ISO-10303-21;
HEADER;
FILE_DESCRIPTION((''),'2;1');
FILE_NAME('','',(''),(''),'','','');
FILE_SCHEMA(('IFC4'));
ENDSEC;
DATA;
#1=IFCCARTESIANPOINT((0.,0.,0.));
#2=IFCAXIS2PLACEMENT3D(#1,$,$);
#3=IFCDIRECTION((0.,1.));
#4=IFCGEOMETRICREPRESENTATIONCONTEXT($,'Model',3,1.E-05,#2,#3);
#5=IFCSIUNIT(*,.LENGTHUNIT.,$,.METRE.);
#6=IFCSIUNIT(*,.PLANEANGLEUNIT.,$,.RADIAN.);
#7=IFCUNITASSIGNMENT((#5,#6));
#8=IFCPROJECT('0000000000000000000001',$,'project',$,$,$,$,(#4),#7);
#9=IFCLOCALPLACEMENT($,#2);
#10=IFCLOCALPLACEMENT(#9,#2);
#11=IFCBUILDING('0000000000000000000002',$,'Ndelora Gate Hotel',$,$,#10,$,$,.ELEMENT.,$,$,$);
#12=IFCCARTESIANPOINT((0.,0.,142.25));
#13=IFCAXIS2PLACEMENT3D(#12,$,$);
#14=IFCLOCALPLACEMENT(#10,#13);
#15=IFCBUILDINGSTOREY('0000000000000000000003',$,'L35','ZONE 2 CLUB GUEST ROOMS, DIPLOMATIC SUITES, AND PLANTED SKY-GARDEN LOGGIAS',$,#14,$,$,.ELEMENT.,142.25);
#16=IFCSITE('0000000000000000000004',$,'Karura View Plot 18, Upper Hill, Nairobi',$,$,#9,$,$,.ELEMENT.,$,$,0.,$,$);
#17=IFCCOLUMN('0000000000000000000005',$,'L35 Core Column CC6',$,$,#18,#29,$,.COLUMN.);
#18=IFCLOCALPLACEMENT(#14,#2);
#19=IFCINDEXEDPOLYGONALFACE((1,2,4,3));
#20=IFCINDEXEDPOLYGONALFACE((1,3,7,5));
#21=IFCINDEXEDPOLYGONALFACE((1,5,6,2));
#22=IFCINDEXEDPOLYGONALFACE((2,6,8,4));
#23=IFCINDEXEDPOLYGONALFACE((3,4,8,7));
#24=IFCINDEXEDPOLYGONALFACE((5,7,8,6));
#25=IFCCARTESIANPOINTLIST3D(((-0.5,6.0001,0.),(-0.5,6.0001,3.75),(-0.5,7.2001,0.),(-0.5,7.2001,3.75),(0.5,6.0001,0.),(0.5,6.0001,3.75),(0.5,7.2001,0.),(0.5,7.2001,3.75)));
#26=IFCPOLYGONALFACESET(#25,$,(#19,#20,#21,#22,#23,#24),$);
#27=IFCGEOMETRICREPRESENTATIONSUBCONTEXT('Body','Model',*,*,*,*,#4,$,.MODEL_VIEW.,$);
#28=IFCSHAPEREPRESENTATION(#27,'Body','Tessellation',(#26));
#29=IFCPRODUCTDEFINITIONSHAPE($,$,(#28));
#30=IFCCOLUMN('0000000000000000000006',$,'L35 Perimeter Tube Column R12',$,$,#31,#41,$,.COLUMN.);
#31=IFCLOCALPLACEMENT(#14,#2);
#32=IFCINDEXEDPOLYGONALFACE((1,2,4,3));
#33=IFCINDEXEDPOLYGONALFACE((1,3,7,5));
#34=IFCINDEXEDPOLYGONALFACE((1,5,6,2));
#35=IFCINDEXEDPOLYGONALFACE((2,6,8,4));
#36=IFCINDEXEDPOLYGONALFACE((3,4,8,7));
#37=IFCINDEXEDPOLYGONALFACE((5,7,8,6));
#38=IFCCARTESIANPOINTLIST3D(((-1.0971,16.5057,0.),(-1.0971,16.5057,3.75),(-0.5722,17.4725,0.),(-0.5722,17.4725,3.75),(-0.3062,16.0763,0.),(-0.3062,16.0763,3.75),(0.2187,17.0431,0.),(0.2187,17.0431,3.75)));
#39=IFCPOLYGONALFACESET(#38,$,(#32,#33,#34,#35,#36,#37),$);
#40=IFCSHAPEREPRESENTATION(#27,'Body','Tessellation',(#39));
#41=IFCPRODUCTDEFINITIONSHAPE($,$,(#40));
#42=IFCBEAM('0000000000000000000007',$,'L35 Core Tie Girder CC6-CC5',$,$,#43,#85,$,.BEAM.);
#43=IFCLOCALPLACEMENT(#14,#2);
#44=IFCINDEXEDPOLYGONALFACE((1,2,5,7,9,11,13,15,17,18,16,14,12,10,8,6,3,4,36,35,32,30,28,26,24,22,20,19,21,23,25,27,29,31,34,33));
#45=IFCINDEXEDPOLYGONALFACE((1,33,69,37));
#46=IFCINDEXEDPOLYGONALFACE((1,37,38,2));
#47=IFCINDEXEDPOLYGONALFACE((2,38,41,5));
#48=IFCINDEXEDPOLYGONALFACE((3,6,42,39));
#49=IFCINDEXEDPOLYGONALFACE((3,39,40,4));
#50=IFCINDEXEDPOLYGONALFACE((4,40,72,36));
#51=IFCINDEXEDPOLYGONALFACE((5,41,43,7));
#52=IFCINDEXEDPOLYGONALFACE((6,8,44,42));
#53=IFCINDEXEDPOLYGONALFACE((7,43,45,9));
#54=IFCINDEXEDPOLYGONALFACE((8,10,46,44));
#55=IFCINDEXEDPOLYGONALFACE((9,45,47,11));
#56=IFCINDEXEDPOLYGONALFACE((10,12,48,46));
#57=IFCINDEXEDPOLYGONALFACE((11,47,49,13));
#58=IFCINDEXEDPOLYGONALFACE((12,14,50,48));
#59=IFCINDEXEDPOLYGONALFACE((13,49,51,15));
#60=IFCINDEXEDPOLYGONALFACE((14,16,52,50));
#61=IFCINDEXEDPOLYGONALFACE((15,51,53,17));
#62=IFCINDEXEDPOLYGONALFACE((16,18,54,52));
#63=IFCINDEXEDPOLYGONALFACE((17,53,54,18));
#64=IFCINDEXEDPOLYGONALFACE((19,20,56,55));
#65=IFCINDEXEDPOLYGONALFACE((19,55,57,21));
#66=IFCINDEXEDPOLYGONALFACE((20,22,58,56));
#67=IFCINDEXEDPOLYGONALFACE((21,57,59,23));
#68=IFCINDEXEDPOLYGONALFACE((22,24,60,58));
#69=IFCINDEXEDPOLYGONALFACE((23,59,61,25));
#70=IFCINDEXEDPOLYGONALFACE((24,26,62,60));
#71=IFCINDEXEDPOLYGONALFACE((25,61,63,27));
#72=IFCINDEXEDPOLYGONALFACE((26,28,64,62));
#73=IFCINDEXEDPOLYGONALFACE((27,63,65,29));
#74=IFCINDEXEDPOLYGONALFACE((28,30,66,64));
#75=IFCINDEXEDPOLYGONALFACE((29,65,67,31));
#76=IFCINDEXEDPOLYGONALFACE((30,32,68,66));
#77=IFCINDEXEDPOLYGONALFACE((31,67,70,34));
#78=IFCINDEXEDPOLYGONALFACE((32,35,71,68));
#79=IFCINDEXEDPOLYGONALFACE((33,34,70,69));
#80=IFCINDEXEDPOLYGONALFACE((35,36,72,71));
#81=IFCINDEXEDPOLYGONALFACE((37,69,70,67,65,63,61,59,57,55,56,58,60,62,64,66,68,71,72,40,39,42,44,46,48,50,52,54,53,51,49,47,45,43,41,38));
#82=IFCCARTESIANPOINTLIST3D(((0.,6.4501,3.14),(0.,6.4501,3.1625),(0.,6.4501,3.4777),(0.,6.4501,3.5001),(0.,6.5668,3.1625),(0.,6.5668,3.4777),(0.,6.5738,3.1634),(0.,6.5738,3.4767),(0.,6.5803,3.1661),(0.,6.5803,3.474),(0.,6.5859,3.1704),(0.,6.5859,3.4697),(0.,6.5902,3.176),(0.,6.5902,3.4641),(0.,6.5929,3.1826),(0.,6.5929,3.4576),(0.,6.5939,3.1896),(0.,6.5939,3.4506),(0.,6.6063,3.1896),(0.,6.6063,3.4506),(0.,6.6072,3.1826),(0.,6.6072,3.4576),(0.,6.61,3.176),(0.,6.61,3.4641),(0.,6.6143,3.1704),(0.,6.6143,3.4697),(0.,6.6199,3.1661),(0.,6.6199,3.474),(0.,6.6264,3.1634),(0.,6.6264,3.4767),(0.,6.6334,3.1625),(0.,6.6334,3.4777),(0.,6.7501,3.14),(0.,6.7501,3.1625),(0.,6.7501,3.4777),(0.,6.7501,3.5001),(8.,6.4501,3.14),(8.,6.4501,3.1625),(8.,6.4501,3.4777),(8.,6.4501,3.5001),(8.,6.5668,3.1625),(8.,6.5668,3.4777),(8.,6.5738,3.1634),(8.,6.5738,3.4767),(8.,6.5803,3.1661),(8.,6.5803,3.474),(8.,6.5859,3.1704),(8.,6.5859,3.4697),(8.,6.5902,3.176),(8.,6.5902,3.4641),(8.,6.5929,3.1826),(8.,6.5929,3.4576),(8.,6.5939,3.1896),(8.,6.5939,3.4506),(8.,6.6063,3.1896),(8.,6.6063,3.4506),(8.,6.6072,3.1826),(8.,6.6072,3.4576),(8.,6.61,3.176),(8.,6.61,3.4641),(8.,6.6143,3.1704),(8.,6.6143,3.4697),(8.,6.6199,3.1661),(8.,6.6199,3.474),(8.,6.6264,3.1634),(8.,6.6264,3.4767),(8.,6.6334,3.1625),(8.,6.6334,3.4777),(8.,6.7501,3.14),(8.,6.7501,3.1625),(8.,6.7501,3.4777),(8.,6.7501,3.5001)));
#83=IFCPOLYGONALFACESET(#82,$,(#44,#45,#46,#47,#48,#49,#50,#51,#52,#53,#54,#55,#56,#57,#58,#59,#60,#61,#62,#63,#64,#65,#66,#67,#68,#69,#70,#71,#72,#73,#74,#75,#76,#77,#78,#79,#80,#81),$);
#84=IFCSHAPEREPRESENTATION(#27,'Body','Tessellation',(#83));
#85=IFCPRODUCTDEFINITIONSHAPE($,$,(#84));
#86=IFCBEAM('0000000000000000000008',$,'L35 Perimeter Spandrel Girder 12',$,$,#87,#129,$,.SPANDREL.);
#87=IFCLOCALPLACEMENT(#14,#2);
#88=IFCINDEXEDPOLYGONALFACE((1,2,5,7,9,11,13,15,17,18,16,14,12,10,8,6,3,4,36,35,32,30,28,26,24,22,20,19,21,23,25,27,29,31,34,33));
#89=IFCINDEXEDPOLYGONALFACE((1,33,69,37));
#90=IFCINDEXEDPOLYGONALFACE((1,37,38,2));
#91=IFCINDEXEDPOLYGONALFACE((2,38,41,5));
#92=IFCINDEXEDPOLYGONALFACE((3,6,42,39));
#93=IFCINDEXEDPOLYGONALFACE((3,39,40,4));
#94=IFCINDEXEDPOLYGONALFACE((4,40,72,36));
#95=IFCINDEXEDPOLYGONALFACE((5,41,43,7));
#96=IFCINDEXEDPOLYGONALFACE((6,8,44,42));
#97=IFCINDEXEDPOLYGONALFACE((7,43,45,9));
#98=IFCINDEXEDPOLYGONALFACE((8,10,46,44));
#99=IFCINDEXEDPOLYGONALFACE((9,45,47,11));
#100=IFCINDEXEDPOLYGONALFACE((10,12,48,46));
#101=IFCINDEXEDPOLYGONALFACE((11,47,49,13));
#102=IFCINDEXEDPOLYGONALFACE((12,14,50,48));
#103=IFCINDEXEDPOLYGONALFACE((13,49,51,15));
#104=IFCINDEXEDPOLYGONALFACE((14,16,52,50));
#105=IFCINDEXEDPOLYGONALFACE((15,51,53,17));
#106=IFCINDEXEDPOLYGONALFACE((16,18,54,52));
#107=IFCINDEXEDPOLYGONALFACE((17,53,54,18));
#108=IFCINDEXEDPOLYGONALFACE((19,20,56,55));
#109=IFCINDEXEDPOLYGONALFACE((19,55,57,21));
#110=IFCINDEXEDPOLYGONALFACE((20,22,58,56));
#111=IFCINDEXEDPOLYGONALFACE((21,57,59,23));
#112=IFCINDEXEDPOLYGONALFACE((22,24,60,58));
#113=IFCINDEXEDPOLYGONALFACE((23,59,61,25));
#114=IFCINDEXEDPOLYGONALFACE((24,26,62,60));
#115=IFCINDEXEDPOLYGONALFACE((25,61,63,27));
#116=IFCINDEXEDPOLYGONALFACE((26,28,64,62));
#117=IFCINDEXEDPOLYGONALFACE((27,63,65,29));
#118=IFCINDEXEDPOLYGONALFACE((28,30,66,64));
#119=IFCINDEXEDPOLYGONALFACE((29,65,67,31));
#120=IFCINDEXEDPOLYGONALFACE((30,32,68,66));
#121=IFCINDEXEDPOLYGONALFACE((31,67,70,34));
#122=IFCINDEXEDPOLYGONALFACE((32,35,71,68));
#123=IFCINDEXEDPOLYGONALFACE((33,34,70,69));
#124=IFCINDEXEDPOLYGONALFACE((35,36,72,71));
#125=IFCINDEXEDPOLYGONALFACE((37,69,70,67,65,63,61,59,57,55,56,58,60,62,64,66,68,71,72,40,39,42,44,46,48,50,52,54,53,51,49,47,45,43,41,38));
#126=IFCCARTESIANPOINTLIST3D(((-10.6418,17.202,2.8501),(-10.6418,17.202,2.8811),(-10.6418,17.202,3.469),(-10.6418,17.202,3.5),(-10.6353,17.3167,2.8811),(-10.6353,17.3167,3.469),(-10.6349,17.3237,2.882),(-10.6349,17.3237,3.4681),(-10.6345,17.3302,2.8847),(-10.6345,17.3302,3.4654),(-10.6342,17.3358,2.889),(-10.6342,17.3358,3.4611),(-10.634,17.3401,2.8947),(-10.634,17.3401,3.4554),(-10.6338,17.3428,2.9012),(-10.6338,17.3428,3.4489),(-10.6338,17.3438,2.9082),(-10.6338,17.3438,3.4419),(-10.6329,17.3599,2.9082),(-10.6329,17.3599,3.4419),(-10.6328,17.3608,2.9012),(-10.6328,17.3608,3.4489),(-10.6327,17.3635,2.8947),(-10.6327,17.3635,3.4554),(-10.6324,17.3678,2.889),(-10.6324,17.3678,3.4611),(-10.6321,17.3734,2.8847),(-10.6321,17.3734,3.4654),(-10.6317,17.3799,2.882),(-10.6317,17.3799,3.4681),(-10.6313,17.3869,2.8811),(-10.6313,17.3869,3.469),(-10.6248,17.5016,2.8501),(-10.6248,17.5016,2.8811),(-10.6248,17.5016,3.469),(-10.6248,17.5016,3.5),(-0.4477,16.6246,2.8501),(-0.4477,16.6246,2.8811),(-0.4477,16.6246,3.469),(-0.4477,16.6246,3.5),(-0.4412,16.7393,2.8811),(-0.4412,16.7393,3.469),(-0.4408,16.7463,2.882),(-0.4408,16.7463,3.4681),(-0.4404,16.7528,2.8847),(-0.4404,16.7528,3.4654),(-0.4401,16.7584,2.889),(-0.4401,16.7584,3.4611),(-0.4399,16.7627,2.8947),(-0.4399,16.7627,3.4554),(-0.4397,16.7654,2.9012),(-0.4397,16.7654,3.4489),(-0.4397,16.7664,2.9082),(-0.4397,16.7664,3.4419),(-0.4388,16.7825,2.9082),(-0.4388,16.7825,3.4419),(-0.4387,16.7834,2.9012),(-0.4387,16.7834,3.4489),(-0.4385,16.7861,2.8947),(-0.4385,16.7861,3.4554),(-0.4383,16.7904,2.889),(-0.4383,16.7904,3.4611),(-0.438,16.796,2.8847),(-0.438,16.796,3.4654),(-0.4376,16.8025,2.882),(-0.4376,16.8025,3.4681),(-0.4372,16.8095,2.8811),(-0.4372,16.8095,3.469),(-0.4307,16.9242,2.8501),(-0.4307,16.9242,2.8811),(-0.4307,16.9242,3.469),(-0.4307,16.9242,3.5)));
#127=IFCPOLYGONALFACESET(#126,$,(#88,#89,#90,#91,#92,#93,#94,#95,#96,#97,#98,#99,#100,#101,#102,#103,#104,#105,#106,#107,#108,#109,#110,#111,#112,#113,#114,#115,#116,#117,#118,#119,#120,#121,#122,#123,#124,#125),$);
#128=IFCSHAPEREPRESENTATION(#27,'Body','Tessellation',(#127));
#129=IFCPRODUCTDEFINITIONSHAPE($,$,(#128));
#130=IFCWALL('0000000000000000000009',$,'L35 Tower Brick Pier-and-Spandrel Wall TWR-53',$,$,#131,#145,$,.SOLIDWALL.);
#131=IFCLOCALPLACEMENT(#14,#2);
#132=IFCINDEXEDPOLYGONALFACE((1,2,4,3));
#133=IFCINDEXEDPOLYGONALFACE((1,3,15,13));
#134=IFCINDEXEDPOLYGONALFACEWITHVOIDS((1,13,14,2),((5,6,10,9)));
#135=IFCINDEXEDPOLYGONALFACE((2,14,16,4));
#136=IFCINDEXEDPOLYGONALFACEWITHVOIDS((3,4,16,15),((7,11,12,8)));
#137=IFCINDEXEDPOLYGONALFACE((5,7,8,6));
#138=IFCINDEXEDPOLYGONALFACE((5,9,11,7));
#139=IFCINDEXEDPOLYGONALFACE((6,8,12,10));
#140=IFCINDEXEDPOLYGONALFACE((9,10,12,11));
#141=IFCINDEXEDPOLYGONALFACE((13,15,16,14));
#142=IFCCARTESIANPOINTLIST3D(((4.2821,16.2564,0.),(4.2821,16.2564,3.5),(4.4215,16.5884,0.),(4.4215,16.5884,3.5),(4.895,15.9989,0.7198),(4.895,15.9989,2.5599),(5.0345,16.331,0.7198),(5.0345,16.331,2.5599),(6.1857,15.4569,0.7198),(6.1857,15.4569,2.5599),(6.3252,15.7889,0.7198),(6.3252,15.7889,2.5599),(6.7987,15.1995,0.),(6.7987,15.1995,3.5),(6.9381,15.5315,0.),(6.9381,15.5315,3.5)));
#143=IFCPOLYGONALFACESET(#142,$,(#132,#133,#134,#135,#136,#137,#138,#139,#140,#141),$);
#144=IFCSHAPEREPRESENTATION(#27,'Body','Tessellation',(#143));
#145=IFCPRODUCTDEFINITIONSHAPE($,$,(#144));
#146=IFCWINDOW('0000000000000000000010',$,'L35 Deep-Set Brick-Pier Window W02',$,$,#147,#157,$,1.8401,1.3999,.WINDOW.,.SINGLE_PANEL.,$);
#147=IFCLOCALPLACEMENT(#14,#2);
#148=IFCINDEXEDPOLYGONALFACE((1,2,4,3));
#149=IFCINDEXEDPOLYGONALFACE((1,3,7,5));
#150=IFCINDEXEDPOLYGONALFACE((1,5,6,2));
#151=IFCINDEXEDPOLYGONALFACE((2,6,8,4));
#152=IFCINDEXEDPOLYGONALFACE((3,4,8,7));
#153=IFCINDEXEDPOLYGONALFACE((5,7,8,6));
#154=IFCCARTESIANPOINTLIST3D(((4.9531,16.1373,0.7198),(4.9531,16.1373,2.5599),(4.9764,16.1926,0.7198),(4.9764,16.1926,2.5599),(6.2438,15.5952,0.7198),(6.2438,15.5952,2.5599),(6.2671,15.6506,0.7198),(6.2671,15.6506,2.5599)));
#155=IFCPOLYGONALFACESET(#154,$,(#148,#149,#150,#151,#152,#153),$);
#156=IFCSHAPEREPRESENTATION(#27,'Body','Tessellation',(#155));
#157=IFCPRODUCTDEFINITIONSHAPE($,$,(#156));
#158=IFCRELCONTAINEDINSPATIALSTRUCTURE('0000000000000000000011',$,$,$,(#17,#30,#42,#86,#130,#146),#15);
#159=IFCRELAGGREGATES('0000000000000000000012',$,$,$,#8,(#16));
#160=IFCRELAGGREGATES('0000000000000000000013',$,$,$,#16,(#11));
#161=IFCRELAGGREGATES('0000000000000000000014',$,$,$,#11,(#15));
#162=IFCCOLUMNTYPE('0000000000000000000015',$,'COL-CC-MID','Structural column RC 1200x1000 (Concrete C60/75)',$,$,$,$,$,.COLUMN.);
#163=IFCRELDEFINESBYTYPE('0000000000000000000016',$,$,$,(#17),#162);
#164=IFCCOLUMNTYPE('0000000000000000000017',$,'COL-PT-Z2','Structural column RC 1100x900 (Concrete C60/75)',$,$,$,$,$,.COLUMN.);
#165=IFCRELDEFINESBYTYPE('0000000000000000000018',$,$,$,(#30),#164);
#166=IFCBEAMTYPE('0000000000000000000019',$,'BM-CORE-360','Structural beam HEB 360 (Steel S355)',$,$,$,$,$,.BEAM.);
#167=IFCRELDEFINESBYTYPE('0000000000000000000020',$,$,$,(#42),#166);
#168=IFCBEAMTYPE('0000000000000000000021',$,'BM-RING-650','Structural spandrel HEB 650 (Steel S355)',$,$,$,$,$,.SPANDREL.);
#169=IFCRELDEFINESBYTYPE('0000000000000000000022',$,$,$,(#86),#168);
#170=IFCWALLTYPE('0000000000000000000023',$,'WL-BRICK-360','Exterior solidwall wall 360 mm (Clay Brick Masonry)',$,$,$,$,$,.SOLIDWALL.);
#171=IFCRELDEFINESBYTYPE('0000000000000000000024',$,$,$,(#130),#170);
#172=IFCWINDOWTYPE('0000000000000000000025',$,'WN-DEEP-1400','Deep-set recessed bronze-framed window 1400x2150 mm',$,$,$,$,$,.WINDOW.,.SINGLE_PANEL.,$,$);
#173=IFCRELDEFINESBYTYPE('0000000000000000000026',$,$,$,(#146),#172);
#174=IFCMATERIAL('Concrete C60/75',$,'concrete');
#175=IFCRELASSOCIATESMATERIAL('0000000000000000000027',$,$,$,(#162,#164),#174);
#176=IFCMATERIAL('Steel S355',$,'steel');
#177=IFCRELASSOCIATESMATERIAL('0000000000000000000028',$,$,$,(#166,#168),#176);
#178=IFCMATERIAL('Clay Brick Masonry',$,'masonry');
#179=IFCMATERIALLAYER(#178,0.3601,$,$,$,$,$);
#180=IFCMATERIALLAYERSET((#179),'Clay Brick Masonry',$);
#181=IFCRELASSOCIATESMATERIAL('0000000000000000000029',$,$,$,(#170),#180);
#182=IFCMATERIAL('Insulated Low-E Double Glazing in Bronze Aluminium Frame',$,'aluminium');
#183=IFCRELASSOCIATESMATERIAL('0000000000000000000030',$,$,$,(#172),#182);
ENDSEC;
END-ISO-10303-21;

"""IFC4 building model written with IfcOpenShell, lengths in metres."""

from ifc_helpers import new_model, si_unit, direction, frame, frame_2d, origin, origin_2d, place, context, subcontext, project, spatial, rectangle, i_section, extrude, material, layer, layer_set, material_profile, profile_set, type_object, element, fill, save


model = new_model("IFC4")

# Units and contexts
model_context = context("Model", 3, precision=1e-05, world=origin(), true_north=direction((0.0, 1.0)))
body_context = subcontext(model_context, "Body", "Model", "MODEL_VIEW")
ifc_project = project(units=[si_unit("LENGTHUNIT", "METRE"), si_unit("PLANEANGLEUNIT", "RADIAN")], contexts=[model_context])

# Site, building, storey
site_placement = place(None, origin())
site = spatial("IfcSite", under=ifc_project, at=site_placement, Name="Karura View Plot 18, Upper Hill, Nairobi", CompositionType="ELEMENT", RefElevation=0.0)
building_placement = place(site_placement, origin())
building = spatial("IfcBuilding", under=site, at=building_placement, Name="Ndelora Gate Hotel", CompositionType="ELEMENT")
storey_placement = place(building_placement, frame((0.0, 0.0, 142.25)))
storey = spatial("IfcBuildingStorey", under=building, at=storey_placement, Name="L35", Description="ZONE 2 CLUB GUEST ROOMS, DIPLOMATIC SUITES, AND PLANTED SKY-GARDEN LOGGIAS", CompositionType="ELEMENT", Elevation=142.25)

# Columns
ifc_material_1 = material(Name="Concrete C60/75", Category="concrete")
ifc_material_profile_1 = material_profile(ifc_material_1, rectangle(XDim=1.0, YDim=1.2, at=origin_2d()), Name="RC 1200x1000")
ifc_profile_set_1 = profile_set([ifc_material_profile_1], Name="Concrete C60/75")
column_type_1 = type_object("IfcColumnType", Name="COL-CC-MID", Description="Structural column RC 1200x1000 (Concrete C60/75)", PredefinedType="COLUMN", material=ifc_profile_set_1)
column_1_placement = place(storey_placement, frame((0.0, 6.6001, 0.0), z_axis=(0.0, 0.0, 1.0), x_axis=(1.0, 0.0, 0.0)))
element("IfcColumn", 1, at=column_1_placement, inside=storey, type_object=column_type_1, Name="L35 Core Column CC6", PredefinedType="COLUMN", context=body_context, shape_type="SweptSolid", body=[
    extrude(rectangle(XDim=1.0, YDim=1.2, at=origin_2d()), origin(), (0.0, 0.0, 1.0), 3.75),
])
ifc_material_profile_2 = material_profile(ifc_material_1, rectangle(XDim=0.8999, YDim=1.1001, at=origin_2d()), Name="RC 1100x900")
ifc_profile_set_2 = profile_set([ifc_material_profile_2], Name="Concrete C60/75")
column_type_2 = type_object("IfcColumnType", Name="COL-PT-Z2", Description="Structural column RC 1100x900 (Concrete C60/75)", PredefinedType="COLUMN", material=ifc_profile_set_2)
column_2_placement = place(storey_placement, frame((-0.4392, 16.7744, 0.0), z_axis=(0.0, 0.0, 1.0), x_axis=(-0.878817, 0.477159, 0.0)))
element("IfcColumn", 2, at=column_2_placement, inside=storey, type_object=column_type_2, Name="L35 Perimeter Tube Column R12", PredefinedType="COLUMN", context=body_context, shape_type="SweptSolid", body=[
    extrude(rectangle(XDim=0.8999, YDim=1.1001, at=origin_2d()), origin(), (0.0, 0.0, 1.0), 3.75),
])

# Beams
ifc_material_2 = material(Name="Steel S355", Category="steel")
ifc_material_profile_3 = material_profile(ifc_material_2, i_section(OverallWidth=0.3, OverallDepth=0.3601, WebThickness=0.0125, FlangeThickness=0.0225, FilletRadius=0.0271, at=origin_2d()), Name="HEB 360")
ifc_profile_set_3 = profile_set([ifc_material_profile_3], Name="Steel S355")
beam_type_1 = type_object("IfcBeamType", Name="BM-CORE-360", Description="Structural beam HEB 360 (Steel S355)", PredefinedType="BEAM", material=ifc_profile_set_3)
beam_1_placement = place(storey_placement, frame((0.0, 6.6001, 3.3201), z_axis=(1.0, 0.0, 0.0), x_axis=(0.0, 1.0, 0.0)))
element("IfcBeam", 3, at=beam_1_placement, inside=storey, type_object=beam_type_1, Name="L35 Core Tie Girder CC6-CC5", PredefinedType="BEAM", context=body_context, shape_type="SweptSolid", body=[
    extrude(i_section(OverallWidth=0.3, OverallDepth=0.3601, WebThickness=0.0125, FlangeThickness=0.0225, FilletRadius=0.0271, at=origin_2d()), origin(), (0.0, 0.0, 1.0), 8.0),
])
ifc_material_profile_4 = material_profile(ifc_material_2, i_section(OverallWidth=0.3, OverallDepth=0.6499, WebThickness=0.0161, FlangeThickness=0.031, FilletRadius=0.0271, at=origin_2d()), Name="HEB 650")
ifc_profile_set_4 = profile_set([ifc_material_profile_4], Name="Steel S355")
beam_type_2 = type_object("IfcBeamType", Name="BM-RING-650", Description="Structural spandrel HEB 650 (Steel S355)", PredefinedType="SPANDREL", material=ifc_profile_set_4)
beam_2_placement = place(storey_placement, frame((-0.4392, 16.7744, 3.175), z_axis=(-0.9984, 0.056549, 0.0), x_axis=(-0.056549, -0.9984, 0.0)))
element("IfcBeam", 4, at=beam_2_placement, inside=storey, type_object=beam_type_2, Name="L35 Perimeter Spandrel Girder 12", PredefinedType="SPANDREL", context=body_context, shape_type="SweptSolid", body=[
    extrude(i_section(OverallWidth=0.3, OverallDepth=0.6499, WebThickness=0.0161, FlangeThickness=0.031, FilletRadius=0.0271, at=origin_2d()), origin(), (0.0, 0.0, 1.0), 10.2104),
])

# Wall, opening, window
ifc_material_3 = material(Name="Clay Brick Masonry", Category="masonry")
ifc_layer_1 = layer(ifc_material_3, 0.3601)
ifc_layer_set_1 = layer_set([ifc_layer_1], Name="Clay Brick Masonry")
wall_type_1 = type_object("IfcWallType", Name="WL-BRICK-360", Description="Exterior solidwall wall 360 mm (Clay Brick Masonry)", PredefinedType="SOLIDWALL", material=ifc_layer_set_1)
wall_1_placement = place(storey_placement, frame((4.3518, 16.4224, 0.0), z_axis=(0.0, 0.0, 1.0), x_axis=(0.921994, -0.387205, 0.0)))
wall_1 = element("IfcWall", 5, at=wall_1_placement, inside=storey, type_object=wall_type_1, Name="L35 Tower Brick Pier-and-Spandrel Wall TWR-53", PredefinedType="SOLIDWALL", context=body_context, shape_type="SweptSolid", body=[
    extrude(rectangle(XDim=2.7295, YDim=0.3601, at=frame_2d((1.3647, 0.0))), origin(), (0.0, 0.0, 1.0), 3.5),
])
opening_1_placement = place(wall_1_placement, frame((0.6648, 0.0, 0.72)))
opening_1 = element("IfcOpeningElement", 6, at=opening_1_placement, cuts=wall_1, PredefinedType="OPENING", context=body_context, shape_type="SweptSolid", body=[
    extrude(rectangle(XDim=1.3999, YDim=1.8401, at=frame_2d((0.7, 0.9199))), frame((0.0, 0.1899, 0.0), z_axis=(0.0, -1.0, 0.0), x_axis=(1.0, 0.0, 0.0)), (0.0, 0.0, 1.0), 0.3801),
])
ifc_material_4 = material(Name="Insulated Low-E Double Glazing in Bronze Aluminium Frame", Category="aluminium")
window_type = type_object("IfcWindowType", Name="WN-DEEP-1400", Description="Deep-set recessed bronze-framed window 1400x2150 mm", PartitioningType="SINGLE_PANEL", PredefinedType="WINDOW", material=ifc_material_4)
window_1_placement = place(opening_1_placement, origin())
window_1 = element("IfcWindow", 7, at=window_1_placement, inside=storey, type_object=window_type, Name="L35 Deep-Set Brick-Pier Window W02", OverallHeight=1.8401, OverallWidth=1.3999, PartitioningType="SINGLE_PANEL", PredefinedType="WINDOW", context=body_context, shape_type="SweptSolid", body=[
    extrude(rectangle(XDim=1.3999, YDim=1.8401, at=frame_2d((0.7, 0.9199))), frame((0.0, 0.03, 0.0), z_axis=(0.0, -1.0, 0.0), x_axis=(1.0, 0.0, 0.0)), (0.0, 0.0, 1.0), 0.0601),
])
fill(opening_1, window_1)

save(model, "model.ifc")
